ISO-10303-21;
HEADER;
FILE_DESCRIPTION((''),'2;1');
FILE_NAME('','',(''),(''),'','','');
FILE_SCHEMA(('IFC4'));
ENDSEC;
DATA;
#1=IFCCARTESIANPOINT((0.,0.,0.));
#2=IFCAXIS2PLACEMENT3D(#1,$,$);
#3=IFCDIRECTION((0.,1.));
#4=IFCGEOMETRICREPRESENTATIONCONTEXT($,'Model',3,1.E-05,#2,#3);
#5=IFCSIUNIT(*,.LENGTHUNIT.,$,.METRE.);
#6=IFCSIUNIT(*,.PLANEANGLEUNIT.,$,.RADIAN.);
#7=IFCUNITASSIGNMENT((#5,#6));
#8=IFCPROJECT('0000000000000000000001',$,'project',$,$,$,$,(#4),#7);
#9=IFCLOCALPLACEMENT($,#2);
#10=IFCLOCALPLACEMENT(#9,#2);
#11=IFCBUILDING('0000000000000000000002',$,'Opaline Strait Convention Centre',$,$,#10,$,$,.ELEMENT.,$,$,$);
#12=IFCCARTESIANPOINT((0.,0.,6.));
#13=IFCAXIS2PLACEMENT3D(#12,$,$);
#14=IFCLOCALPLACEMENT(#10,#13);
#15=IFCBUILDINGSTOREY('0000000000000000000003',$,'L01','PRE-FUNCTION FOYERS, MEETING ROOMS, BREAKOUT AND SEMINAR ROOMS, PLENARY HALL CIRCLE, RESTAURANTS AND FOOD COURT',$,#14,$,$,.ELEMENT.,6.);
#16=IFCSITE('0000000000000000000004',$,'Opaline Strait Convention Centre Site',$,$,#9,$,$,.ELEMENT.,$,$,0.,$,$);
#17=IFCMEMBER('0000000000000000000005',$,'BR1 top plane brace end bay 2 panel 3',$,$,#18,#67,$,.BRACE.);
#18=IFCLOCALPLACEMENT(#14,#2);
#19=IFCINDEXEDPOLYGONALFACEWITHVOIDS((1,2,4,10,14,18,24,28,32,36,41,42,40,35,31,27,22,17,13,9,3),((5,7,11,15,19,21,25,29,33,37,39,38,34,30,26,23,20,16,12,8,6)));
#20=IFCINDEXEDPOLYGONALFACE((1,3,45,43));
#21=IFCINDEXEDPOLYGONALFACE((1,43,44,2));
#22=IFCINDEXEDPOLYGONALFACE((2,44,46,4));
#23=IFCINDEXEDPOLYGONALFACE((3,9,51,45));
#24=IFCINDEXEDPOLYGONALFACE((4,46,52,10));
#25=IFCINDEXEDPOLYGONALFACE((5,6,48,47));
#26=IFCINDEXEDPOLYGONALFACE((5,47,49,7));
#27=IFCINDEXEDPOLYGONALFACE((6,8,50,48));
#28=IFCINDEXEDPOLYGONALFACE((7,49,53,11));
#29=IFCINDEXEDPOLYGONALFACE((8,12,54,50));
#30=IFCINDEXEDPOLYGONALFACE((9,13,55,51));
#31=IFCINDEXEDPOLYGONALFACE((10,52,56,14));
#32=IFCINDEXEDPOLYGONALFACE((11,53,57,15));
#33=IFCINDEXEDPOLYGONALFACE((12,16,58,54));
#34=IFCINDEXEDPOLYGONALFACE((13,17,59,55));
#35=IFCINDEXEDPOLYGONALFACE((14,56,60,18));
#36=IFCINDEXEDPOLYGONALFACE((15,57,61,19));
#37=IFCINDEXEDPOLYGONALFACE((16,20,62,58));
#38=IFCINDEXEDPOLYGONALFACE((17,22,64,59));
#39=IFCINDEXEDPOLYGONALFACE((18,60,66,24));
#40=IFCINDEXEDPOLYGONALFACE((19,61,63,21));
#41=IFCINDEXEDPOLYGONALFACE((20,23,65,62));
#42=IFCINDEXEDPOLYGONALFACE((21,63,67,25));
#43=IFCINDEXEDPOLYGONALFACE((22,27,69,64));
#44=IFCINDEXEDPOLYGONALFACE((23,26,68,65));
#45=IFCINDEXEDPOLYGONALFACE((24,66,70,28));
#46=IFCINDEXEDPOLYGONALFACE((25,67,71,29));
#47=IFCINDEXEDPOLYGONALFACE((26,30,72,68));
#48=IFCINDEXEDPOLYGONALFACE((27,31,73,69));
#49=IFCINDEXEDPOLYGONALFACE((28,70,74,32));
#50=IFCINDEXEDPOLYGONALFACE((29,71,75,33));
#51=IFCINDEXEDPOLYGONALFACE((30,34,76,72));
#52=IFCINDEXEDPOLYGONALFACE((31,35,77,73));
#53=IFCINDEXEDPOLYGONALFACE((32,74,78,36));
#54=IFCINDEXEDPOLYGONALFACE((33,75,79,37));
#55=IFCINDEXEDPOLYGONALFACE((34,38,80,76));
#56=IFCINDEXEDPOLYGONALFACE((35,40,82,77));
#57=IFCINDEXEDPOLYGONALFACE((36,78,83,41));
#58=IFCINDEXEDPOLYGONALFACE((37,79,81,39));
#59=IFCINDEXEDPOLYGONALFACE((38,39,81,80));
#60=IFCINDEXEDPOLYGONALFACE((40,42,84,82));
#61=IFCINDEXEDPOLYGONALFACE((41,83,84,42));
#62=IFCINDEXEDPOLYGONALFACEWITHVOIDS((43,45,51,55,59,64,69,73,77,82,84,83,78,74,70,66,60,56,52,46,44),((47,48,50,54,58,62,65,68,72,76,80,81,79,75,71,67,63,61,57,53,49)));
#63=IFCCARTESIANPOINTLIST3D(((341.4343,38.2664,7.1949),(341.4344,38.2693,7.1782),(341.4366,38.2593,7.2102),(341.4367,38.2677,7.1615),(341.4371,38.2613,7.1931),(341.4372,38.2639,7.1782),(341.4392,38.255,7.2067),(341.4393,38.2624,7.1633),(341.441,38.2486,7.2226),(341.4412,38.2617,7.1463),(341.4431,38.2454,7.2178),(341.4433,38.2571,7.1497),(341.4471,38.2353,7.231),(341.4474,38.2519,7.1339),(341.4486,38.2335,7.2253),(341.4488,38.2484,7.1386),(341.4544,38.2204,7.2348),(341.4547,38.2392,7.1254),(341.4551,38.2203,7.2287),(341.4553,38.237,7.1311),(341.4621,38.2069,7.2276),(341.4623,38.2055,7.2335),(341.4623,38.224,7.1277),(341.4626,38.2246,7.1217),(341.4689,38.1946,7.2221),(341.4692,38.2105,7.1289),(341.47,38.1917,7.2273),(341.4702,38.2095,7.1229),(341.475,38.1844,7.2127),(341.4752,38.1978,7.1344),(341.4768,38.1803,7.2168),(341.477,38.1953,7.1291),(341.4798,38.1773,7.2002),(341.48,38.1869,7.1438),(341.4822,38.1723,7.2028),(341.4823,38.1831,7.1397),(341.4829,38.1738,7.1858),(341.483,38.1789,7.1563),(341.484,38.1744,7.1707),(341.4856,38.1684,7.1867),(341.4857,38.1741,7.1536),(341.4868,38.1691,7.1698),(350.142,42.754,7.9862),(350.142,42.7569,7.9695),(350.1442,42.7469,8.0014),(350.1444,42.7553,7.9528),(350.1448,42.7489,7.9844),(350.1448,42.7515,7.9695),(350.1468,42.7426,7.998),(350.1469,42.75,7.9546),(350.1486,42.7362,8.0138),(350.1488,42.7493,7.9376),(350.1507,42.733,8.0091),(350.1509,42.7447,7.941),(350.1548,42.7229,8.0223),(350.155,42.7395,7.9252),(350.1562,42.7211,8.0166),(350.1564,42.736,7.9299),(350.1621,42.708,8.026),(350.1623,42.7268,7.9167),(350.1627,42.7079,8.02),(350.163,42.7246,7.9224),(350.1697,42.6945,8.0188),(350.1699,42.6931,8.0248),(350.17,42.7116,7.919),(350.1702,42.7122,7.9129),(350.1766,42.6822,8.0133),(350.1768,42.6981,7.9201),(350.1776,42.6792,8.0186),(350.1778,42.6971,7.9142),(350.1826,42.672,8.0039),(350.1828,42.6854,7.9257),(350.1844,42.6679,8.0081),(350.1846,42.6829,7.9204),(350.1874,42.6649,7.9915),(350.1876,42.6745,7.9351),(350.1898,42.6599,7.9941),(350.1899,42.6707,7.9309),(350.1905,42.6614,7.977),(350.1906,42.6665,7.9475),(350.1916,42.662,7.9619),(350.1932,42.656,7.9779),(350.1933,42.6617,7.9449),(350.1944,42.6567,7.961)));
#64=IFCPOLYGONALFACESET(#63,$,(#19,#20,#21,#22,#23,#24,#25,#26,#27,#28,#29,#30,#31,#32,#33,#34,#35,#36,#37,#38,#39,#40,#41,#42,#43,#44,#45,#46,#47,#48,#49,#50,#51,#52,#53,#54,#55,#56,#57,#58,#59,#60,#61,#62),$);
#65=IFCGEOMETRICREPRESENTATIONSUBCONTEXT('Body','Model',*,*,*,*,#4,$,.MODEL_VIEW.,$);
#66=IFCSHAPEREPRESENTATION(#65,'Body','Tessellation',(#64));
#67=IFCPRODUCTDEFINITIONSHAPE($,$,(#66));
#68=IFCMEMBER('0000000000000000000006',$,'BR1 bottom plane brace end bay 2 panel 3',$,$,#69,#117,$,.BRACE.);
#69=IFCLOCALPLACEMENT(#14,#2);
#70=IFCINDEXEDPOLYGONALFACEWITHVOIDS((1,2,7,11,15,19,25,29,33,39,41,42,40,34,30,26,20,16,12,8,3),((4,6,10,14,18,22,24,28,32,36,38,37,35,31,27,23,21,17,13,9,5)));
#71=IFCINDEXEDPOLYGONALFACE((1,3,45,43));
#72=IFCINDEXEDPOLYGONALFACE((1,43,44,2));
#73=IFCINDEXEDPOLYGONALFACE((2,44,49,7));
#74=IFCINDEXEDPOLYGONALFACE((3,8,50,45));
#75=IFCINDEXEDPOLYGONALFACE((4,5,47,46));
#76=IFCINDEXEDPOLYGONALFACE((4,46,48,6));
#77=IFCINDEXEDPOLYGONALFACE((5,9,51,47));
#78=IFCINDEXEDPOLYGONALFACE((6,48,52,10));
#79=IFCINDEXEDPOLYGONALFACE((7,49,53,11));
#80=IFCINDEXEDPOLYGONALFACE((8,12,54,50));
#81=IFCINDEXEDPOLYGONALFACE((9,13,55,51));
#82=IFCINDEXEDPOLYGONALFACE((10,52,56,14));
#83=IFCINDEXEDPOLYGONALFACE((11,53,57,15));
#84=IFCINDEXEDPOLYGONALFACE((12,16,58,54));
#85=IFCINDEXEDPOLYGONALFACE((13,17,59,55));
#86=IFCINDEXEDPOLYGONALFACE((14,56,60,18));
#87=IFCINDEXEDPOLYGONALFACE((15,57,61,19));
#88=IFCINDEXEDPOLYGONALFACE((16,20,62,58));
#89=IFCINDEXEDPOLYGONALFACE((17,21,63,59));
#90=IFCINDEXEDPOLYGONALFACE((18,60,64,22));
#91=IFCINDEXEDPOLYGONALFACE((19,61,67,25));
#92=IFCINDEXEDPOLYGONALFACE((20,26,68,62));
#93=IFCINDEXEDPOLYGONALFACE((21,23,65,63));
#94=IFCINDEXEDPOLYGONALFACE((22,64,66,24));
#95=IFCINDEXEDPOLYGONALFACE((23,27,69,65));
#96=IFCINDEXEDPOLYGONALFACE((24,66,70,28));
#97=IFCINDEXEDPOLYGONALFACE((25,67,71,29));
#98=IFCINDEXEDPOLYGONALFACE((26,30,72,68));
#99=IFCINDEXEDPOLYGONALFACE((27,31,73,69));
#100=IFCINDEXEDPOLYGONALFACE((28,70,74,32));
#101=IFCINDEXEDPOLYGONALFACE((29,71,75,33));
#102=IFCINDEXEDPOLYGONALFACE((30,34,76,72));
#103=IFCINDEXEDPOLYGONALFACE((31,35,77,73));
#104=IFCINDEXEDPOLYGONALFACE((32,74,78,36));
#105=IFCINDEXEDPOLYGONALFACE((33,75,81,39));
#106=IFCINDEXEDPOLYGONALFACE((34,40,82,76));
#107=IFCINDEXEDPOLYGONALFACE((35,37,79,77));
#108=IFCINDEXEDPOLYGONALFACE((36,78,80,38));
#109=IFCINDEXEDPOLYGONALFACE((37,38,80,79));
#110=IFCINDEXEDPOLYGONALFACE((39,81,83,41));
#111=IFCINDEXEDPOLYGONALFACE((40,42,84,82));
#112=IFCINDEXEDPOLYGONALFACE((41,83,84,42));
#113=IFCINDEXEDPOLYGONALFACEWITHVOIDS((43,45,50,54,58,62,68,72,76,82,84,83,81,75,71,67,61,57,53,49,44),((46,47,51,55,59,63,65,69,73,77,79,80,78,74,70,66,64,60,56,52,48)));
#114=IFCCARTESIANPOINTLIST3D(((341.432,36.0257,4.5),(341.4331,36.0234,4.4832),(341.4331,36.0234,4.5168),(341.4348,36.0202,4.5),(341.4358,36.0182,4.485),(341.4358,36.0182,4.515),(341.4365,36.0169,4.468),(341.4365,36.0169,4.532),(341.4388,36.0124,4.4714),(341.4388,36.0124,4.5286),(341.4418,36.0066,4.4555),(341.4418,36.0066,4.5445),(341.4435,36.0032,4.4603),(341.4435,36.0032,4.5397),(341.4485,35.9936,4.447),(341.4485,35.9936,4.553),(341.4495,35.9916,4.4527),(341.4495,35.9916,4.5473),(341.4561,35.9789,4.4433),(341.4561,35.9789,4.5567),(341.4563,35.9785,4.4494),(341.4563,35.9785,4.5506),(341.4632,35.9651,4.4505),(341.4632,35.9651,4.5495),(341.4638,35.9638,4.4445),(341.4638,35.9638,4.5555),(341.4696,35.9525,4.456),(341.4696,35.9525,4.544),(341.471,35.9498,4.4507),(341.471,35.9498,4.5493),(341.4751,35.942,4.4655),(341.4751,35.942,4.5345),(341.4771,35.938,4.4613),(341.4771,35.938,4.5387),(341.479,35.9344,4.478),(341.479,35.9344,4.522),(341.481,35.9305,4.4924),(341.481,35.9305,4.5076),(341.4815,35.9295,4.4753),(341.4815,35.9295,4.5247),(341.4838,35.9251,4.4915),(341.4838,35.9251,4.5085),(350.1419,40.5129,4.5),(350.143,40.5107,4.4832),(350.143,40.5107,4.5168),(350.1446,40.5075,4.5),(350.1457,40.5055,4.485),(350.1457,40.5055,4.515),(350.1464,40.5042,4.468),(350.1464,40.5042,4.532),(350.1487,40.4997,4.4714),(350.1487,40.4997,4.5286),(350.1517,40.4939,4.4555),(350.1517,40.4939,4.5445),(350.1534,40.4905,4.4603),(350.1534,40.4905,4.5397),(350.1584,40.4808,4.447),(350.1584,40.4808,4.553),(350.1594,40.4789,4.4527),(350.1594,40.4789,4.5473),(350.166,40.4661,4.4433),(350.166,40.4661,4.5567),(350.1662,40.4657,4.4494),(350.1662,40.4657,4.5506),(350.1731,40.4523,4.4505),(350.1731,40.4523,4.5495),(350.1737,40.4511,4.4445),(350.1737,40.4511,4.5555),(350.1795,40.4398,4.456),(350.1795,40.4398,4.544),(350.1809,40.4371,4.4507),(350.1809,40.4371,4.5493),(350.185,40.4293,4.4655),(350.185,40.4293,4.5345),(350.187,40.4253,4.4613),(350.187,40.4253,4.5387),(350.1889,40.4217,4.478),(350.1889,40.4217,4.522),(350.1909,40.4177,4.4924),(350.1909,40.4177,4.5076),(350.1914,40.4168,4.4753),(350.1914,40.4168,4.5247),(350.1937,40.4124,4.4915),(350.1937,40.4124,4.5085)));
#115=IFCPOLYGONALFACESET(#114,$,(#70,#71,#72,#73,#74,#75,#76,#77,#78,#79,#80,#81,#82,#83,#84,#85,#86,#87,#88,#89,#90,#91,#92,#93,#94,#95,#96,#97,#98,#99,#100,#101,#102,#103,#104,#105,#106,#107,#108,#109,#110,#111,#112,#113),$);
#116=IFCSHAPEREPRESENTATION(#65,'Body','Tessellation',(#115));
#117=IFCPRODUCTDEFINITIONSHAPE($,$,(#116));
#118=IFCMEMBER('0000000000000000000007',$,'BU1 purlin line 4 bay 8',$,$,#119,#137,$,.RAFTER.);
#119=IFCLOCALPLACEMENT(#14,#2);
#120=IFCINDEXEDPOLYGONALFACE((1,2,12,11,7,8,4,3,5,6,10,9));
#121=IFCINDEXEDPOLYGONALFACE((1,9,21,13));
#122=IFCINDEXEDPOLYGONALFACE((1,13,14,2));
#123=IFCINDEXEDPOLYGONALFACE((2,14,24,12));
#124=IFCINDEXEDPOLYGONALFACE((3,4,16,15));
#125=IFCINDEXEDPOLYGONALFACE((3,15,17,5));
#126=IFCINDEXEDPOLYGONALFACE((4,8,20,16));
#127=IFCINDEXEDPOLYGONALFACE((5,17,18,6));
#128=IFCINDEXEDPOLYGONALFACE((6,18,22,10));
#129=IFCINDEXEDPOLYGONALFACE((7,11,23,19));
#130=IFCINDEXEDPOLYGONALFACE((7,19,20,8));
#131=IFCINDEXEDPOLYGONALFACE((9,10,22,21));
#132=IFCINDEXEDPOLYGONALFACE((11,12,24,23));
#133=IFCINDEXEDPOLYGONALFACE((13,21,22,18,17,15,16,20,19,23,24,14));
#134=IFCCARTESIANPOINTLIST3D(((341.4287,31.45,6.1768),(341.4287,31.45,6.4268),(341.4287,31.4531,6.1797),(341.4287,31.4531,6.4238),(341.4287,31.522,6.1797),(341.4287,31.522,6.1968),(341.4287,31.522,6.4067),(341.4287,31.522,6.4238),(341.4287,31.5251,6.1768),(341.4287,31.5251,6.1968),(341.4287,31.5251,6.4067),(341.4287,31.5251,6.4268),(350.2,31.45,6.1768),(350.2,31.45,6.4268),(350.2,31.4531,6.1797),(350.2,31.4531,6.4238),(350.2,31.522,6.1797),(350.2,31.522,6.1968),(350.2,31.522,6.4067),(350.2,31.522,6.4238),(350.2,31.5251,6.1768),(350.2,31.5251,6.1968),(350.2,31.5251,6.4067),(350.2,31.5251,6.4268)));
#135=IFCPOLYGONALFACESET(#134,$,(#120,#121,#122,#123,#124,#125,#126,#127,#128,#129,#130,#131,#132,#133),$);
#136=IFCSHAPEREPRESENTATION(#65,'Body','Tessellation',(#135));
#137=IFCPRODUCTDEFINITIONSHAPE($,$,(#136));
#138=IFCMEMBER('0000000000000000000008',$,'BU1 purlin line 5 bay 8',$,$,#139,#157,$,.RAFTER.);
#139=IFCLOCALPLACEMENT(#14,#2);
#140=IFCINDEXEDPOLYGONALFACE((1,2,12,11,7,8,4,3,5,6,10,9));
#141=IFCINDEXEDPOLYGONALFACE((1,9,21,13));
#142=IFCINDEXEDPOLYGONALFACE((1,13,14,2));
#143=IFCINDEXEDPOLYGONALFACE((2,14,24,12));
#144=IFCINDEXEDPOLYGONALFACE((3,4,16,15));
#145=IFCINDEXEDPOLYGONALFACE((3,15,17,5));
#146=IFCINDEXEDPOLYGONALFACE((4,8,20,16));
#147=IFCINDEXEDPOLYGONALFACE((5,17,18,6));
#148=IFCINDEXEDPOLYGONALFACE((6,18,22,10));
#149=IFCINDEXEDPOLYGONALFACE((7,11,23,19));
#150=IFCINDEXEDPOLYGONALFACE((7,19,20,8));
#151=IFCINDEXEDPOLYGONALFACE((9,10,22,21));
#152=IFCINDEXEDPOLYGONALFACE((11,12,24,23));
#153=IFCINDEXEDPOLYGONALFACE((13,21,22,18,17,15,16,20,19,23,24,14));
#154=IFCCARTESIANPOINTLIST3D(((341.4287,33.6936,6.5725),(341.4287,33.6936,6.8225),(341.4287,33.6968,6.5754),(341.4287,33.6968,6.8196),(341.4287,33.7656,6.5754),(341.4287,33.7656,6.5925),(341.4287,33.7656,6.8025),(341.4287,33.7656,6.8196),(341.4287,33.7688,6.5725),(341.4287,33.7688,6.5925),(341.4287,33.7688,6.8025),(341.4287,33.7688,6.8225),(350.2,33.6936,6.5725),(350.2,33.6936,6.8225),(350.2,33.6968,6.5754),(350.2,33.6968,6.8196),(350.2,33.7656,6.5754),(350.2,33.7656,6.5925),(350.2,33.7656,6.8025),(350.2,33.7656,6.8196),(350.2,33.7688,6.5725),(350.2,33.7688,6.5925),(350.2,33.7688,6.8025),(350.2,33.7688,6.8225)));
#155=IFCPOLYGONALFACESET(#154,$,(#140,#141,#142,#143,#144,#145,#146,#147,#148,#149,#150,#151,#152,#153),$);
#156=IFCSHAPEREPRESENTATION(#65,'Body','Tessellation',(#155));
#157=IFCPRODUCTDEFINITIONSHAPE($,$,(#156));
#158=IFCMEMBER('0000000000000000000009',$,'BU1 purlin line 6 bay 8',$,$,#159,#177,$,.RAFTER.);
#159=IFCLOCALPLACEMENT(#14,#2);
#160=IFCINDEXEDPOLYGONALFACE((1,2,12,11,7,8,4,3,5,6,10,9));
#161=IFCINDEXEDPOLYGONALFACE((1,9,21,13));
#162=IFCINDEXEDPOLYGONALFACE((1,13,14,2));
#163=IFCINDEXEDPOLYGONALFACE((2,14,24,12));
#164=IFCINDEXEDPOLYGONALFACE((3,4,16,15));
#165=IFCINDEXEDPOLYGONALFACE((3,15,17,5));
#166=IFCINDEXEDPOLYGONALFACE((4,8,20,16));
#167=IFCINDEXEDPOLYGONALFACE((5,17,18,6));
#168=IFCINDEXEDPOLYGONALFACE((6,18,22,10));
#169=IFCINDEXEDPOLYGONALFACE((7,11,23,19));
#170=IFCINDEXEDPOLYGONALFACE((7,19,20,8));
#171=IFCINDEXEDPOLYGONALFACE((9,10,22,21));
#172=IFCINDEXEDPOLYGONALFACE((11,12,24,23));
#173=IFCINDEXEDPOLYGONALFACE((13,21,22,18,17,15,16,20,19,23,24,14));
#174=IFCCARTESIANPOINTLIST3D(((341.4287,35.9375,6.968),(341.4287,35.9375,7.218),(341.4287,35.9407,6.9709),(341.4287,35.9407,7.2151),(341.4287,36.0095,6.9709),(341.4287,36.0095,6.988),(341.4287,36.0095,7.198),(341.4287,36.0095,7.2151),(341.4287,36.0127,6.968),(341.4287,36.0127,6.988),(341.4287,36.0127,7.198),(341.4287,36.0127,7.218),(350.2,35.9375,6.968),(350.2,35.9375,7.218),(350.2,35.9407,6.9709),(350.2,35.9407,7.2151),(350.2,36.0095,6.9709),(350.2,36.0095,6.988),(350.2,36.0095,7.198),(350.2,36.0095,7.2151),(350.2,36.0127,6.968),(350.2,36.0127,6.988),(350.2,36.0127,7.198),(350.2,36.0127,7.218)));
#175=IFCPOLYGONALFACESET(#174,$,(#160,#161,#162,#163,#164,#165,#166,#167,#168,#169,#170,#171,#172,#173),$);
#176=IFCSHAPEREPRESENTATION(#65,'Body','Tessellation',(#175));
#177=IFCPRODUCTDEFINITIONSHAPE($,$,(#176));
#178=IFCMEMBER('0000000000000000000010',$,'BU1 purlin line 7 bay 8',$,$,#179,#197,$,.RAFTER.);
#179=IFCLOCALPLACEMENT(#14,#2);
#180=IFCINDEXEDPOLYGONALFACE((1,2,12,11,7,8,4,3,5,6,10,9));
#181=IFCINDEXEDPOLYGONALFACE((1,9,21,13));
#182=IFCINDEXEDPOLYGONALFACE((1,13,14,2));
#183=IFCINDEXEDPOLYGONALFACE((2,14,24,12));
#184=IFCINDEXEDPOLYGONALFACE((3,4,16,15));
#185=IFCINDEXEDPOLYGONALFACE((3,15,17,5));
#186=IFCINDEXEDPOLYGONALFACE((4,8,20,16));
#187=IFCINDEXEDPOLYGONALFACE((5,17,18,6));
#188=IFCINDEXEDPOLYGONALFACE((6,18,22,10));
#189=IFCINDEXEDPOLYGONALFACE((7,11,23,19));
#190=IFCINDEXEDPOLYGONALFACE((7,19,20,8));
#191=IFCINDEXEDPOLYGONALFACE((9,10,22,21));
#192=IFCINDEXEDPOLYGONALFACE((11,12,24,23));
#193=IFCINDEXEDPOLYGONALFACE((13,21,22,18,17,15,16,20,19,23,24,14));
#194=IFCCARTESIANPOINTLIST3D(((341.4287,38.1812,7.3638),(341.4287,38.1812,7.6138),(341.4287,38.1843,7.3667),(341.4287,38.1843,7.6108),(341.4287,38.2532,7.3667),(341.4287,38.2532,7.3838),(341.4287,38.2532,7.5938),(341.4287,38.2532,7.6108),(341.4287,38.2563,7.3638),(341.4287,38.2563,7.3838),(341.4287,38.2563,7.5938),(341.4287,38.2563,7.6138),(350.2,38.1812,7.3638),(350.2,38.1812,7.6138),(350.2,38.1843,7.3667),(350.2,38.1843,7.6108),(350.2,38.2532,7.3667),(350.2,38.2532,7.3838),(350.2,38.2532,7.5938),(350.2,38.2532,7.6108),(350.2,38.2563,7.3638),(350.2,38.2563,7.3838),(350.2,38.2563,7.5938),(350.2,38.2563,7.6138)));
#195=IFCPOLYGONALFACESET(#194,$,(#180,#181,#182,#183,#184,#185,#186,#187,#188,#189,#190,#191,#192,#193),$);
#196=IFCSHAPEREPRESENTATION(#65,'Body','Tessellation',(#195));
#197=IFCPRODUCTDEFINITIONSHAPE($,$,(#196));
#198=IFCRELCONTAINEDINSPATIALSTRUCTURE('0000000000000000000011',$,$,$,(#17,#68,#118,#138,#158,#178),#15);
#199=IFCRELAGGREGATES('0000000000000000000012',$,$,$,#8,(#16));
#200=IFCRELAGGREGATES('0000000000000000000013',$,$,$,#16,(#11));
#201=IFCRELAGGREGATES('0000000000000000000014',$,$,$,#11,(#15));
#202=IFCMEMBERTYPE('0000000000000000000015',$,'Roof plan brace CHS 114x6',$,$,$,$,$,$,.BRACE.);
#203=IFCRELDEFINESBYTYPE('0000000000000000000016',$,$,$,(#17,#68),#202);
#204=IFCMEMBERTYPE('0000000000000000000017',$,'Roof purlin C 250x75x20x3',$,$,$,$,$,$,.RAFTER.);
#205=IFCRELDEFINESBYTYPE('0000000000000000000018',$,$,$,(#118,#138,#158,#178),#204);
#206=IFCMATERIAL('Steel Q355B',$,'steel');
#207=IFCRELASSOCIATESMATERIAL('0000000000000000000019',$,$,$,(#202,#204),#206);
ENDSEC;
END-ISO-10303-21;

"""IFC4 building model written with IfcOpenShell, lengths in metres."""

from ifc_helpers import new_model, si_unit, direction, frame, origin, origin_2d, place, context, subcontext, project, spatial, polyline, hollow_circle, outline, extrude, material, material_profile, profile_set, type_object, element, save


model = new_model("IFC4")

# Units and contexts
model_context = context("Model", 3, precision=1e-05, world=origin(), true_north=direction((0.0, 1.0)))
body_context = subcontext(model_context, "Body", "Model", "MODEL_VIEW")
ifc_project = project(units=[si_unit("LENGTHUNIT", "METRE"), si_unit("PLANEANGLEUNIT", "RADIAN")], contexts=[model_context])

# Site, building, storey
site_placement = place(None, origin())
site = spatial("IfcSite", under=ifc_project, at=site_placement, Name="Opaline Strait Convention Centre Site", CompositionType="ELEMENT", RefElevation=0.0)
building_placement = place(site_placement, origin())
building = spatial("IfcBuilding", under=site, at=building_placement, Name="Opaline Strait Convention Centre", CompositionType="ELEMENT")
storey_placement = place(building_placement, frame((0.0, 0.0, 6.0)))
storey = spatial("IfcBuildingStorey", under=building, at=storey_placement, Name="L01", Description="PRE-FUNCTION FOYERS, MEETING ROOMS, BREAKOUT AND SEMINAR ROOMS, PLENARY HALL CIRCLE, RESTAURANTS AND FOOD COURT", CompositionType="ELEMENT", Elevation=6.0)

# Members
ifc_material_1 = material(Name="Steel Q355B", Category="steel")
ifc_material_profile_1 = material_profile(ifc_material_1, hollow_circle(Radius=0.0569, WallThickness=0.0061, at=origin_2d()), Name="CHS 114x6")
ifc_profile_set_1 = profile_set([ifc_material_profile_1], Name="Steel Q355B")
member_type_1 = type_object("IfcMemberType", Name="Roof plan brace CHS 114x6", PredefinedType="BRACE", material=ifc_profile_set_1)
member_1_placement = place(storey_placement, frame((341.4604, 38.2188, 7.1782), z_axis=(0.886012, 0.456619, 0.080513), x_axis=(-0.458106, 0.888897, 0.0)))
element("IfcMember", 1, at=member_1_placement, inside=storey, type_object=member_type_1, Name="BR1 top plane brace end bay 2 panel 3", PredefinedType="BRACE", context=body_context, shape_type="SweptSolid", body=[
    extrude(hollow_circle(Radius=0.0569, WallThickness=0.0061, at=origin_2d()), origin(), (0.0, 0.0, 1.0), 9.8279),
])
member_2_placement = place(storey_placement, frame((341.458, 35.9751, 4.5), z_axis=(0.88896, 0.457985, 0.0), x_axis=(-0.457985, 0.88896, 0.0)))
element("IfcMember", 2, at=member_2_placement, inside=storey, type_object=member_type_1, Name="BR1 bottom plane brace end bay 2 panel 3", PredefinedType="BRACE", context=body_context, shape_type="SweptSolid", body=[
    extrude(hollow_circle(Radius=0.0569, WallThickness=0.0061, at=origin_2d()), origin(), (0.0, 0.0, 1.0), 9.7979),
])
ifc_material_profile_2 = material_profile(ifc_material_1, outline(polyline([(-0.0376, -0.125), (0.0376, -0.125), (0.0376, -0.105), (0.0344, -0.105), (0.0344, -0.1221), (-0.0344, -0.1221), (-0.0344, 0.1221), (0.0344, 0.1221), (0.0344, 0.105), (0.0376, 0.105), (0.0376, 0.125), (-0.0376, 0.125), (-0.0376, -0.125)])), Name="C 250x75x20x3")
ifc_profile_set_2 = profile_set([ifc_material_profile_2], Name="Steel Q355B")
member_type_2 = type_object("IfcMemberType", Name="Roof purlin C 250x75x20x3", PredefinedType="RAFTER", material=ifc_profile_set_2)
for number, where, z_axis, x_axis, name in (
    (3, (341.4287, 31.4875, 6.3018), (1.0, 0.0, 0.0), (0.0, 1.0, 0.0), "BU1 purlin line 4 bay 8"),
    (4, (341.4287, 33.7312, 6.6975), (1.0, 0.0, 0.0), (0.0, 1.0, 0.0), "BU1 purlin line 5 bay 8"),
    (5, (341.4287, 35.9751, 7.093), (1.0, 0.0, 0.0), (0.0, 1.0, 0.0), "BU1 purlin line 6 bay 8"),
    (6, (341.4287, 38.2188, 7.4888), (1.0, 0.0, 0.0), (0.0, 1.0, 0.0), "BU1 purlin line 7 bay 8"),
):
    element("IfcMember", number, at=place(storey_placement, frame(where, z_axis=z_axis, x_axis=x_axis)), inside=storey, type_object=member_type_2, Name=name, PredefinedType="RAFTER", context=body_context, shape_type="SweptSolid", body=[
        extrude(outline(polyline([(-0.0376, -0.125), (0.0376, -0.125), (0.0376, -0.105), (0.0344, -0.105), (0.0344, -0.1221), (-0.0344, -0.1221), (-0.0344, 0.1221), (0.0344, 0.1221), (0.0344, 0.105), (0.0376, 0.105), (0.0376, 0.125), (-0.0376, 0.125), (-0.0376, -0.125)])), origin(), (0.0, 0.0, 1.0), 8.7712),
    ])

save(model, "model.ifc")
